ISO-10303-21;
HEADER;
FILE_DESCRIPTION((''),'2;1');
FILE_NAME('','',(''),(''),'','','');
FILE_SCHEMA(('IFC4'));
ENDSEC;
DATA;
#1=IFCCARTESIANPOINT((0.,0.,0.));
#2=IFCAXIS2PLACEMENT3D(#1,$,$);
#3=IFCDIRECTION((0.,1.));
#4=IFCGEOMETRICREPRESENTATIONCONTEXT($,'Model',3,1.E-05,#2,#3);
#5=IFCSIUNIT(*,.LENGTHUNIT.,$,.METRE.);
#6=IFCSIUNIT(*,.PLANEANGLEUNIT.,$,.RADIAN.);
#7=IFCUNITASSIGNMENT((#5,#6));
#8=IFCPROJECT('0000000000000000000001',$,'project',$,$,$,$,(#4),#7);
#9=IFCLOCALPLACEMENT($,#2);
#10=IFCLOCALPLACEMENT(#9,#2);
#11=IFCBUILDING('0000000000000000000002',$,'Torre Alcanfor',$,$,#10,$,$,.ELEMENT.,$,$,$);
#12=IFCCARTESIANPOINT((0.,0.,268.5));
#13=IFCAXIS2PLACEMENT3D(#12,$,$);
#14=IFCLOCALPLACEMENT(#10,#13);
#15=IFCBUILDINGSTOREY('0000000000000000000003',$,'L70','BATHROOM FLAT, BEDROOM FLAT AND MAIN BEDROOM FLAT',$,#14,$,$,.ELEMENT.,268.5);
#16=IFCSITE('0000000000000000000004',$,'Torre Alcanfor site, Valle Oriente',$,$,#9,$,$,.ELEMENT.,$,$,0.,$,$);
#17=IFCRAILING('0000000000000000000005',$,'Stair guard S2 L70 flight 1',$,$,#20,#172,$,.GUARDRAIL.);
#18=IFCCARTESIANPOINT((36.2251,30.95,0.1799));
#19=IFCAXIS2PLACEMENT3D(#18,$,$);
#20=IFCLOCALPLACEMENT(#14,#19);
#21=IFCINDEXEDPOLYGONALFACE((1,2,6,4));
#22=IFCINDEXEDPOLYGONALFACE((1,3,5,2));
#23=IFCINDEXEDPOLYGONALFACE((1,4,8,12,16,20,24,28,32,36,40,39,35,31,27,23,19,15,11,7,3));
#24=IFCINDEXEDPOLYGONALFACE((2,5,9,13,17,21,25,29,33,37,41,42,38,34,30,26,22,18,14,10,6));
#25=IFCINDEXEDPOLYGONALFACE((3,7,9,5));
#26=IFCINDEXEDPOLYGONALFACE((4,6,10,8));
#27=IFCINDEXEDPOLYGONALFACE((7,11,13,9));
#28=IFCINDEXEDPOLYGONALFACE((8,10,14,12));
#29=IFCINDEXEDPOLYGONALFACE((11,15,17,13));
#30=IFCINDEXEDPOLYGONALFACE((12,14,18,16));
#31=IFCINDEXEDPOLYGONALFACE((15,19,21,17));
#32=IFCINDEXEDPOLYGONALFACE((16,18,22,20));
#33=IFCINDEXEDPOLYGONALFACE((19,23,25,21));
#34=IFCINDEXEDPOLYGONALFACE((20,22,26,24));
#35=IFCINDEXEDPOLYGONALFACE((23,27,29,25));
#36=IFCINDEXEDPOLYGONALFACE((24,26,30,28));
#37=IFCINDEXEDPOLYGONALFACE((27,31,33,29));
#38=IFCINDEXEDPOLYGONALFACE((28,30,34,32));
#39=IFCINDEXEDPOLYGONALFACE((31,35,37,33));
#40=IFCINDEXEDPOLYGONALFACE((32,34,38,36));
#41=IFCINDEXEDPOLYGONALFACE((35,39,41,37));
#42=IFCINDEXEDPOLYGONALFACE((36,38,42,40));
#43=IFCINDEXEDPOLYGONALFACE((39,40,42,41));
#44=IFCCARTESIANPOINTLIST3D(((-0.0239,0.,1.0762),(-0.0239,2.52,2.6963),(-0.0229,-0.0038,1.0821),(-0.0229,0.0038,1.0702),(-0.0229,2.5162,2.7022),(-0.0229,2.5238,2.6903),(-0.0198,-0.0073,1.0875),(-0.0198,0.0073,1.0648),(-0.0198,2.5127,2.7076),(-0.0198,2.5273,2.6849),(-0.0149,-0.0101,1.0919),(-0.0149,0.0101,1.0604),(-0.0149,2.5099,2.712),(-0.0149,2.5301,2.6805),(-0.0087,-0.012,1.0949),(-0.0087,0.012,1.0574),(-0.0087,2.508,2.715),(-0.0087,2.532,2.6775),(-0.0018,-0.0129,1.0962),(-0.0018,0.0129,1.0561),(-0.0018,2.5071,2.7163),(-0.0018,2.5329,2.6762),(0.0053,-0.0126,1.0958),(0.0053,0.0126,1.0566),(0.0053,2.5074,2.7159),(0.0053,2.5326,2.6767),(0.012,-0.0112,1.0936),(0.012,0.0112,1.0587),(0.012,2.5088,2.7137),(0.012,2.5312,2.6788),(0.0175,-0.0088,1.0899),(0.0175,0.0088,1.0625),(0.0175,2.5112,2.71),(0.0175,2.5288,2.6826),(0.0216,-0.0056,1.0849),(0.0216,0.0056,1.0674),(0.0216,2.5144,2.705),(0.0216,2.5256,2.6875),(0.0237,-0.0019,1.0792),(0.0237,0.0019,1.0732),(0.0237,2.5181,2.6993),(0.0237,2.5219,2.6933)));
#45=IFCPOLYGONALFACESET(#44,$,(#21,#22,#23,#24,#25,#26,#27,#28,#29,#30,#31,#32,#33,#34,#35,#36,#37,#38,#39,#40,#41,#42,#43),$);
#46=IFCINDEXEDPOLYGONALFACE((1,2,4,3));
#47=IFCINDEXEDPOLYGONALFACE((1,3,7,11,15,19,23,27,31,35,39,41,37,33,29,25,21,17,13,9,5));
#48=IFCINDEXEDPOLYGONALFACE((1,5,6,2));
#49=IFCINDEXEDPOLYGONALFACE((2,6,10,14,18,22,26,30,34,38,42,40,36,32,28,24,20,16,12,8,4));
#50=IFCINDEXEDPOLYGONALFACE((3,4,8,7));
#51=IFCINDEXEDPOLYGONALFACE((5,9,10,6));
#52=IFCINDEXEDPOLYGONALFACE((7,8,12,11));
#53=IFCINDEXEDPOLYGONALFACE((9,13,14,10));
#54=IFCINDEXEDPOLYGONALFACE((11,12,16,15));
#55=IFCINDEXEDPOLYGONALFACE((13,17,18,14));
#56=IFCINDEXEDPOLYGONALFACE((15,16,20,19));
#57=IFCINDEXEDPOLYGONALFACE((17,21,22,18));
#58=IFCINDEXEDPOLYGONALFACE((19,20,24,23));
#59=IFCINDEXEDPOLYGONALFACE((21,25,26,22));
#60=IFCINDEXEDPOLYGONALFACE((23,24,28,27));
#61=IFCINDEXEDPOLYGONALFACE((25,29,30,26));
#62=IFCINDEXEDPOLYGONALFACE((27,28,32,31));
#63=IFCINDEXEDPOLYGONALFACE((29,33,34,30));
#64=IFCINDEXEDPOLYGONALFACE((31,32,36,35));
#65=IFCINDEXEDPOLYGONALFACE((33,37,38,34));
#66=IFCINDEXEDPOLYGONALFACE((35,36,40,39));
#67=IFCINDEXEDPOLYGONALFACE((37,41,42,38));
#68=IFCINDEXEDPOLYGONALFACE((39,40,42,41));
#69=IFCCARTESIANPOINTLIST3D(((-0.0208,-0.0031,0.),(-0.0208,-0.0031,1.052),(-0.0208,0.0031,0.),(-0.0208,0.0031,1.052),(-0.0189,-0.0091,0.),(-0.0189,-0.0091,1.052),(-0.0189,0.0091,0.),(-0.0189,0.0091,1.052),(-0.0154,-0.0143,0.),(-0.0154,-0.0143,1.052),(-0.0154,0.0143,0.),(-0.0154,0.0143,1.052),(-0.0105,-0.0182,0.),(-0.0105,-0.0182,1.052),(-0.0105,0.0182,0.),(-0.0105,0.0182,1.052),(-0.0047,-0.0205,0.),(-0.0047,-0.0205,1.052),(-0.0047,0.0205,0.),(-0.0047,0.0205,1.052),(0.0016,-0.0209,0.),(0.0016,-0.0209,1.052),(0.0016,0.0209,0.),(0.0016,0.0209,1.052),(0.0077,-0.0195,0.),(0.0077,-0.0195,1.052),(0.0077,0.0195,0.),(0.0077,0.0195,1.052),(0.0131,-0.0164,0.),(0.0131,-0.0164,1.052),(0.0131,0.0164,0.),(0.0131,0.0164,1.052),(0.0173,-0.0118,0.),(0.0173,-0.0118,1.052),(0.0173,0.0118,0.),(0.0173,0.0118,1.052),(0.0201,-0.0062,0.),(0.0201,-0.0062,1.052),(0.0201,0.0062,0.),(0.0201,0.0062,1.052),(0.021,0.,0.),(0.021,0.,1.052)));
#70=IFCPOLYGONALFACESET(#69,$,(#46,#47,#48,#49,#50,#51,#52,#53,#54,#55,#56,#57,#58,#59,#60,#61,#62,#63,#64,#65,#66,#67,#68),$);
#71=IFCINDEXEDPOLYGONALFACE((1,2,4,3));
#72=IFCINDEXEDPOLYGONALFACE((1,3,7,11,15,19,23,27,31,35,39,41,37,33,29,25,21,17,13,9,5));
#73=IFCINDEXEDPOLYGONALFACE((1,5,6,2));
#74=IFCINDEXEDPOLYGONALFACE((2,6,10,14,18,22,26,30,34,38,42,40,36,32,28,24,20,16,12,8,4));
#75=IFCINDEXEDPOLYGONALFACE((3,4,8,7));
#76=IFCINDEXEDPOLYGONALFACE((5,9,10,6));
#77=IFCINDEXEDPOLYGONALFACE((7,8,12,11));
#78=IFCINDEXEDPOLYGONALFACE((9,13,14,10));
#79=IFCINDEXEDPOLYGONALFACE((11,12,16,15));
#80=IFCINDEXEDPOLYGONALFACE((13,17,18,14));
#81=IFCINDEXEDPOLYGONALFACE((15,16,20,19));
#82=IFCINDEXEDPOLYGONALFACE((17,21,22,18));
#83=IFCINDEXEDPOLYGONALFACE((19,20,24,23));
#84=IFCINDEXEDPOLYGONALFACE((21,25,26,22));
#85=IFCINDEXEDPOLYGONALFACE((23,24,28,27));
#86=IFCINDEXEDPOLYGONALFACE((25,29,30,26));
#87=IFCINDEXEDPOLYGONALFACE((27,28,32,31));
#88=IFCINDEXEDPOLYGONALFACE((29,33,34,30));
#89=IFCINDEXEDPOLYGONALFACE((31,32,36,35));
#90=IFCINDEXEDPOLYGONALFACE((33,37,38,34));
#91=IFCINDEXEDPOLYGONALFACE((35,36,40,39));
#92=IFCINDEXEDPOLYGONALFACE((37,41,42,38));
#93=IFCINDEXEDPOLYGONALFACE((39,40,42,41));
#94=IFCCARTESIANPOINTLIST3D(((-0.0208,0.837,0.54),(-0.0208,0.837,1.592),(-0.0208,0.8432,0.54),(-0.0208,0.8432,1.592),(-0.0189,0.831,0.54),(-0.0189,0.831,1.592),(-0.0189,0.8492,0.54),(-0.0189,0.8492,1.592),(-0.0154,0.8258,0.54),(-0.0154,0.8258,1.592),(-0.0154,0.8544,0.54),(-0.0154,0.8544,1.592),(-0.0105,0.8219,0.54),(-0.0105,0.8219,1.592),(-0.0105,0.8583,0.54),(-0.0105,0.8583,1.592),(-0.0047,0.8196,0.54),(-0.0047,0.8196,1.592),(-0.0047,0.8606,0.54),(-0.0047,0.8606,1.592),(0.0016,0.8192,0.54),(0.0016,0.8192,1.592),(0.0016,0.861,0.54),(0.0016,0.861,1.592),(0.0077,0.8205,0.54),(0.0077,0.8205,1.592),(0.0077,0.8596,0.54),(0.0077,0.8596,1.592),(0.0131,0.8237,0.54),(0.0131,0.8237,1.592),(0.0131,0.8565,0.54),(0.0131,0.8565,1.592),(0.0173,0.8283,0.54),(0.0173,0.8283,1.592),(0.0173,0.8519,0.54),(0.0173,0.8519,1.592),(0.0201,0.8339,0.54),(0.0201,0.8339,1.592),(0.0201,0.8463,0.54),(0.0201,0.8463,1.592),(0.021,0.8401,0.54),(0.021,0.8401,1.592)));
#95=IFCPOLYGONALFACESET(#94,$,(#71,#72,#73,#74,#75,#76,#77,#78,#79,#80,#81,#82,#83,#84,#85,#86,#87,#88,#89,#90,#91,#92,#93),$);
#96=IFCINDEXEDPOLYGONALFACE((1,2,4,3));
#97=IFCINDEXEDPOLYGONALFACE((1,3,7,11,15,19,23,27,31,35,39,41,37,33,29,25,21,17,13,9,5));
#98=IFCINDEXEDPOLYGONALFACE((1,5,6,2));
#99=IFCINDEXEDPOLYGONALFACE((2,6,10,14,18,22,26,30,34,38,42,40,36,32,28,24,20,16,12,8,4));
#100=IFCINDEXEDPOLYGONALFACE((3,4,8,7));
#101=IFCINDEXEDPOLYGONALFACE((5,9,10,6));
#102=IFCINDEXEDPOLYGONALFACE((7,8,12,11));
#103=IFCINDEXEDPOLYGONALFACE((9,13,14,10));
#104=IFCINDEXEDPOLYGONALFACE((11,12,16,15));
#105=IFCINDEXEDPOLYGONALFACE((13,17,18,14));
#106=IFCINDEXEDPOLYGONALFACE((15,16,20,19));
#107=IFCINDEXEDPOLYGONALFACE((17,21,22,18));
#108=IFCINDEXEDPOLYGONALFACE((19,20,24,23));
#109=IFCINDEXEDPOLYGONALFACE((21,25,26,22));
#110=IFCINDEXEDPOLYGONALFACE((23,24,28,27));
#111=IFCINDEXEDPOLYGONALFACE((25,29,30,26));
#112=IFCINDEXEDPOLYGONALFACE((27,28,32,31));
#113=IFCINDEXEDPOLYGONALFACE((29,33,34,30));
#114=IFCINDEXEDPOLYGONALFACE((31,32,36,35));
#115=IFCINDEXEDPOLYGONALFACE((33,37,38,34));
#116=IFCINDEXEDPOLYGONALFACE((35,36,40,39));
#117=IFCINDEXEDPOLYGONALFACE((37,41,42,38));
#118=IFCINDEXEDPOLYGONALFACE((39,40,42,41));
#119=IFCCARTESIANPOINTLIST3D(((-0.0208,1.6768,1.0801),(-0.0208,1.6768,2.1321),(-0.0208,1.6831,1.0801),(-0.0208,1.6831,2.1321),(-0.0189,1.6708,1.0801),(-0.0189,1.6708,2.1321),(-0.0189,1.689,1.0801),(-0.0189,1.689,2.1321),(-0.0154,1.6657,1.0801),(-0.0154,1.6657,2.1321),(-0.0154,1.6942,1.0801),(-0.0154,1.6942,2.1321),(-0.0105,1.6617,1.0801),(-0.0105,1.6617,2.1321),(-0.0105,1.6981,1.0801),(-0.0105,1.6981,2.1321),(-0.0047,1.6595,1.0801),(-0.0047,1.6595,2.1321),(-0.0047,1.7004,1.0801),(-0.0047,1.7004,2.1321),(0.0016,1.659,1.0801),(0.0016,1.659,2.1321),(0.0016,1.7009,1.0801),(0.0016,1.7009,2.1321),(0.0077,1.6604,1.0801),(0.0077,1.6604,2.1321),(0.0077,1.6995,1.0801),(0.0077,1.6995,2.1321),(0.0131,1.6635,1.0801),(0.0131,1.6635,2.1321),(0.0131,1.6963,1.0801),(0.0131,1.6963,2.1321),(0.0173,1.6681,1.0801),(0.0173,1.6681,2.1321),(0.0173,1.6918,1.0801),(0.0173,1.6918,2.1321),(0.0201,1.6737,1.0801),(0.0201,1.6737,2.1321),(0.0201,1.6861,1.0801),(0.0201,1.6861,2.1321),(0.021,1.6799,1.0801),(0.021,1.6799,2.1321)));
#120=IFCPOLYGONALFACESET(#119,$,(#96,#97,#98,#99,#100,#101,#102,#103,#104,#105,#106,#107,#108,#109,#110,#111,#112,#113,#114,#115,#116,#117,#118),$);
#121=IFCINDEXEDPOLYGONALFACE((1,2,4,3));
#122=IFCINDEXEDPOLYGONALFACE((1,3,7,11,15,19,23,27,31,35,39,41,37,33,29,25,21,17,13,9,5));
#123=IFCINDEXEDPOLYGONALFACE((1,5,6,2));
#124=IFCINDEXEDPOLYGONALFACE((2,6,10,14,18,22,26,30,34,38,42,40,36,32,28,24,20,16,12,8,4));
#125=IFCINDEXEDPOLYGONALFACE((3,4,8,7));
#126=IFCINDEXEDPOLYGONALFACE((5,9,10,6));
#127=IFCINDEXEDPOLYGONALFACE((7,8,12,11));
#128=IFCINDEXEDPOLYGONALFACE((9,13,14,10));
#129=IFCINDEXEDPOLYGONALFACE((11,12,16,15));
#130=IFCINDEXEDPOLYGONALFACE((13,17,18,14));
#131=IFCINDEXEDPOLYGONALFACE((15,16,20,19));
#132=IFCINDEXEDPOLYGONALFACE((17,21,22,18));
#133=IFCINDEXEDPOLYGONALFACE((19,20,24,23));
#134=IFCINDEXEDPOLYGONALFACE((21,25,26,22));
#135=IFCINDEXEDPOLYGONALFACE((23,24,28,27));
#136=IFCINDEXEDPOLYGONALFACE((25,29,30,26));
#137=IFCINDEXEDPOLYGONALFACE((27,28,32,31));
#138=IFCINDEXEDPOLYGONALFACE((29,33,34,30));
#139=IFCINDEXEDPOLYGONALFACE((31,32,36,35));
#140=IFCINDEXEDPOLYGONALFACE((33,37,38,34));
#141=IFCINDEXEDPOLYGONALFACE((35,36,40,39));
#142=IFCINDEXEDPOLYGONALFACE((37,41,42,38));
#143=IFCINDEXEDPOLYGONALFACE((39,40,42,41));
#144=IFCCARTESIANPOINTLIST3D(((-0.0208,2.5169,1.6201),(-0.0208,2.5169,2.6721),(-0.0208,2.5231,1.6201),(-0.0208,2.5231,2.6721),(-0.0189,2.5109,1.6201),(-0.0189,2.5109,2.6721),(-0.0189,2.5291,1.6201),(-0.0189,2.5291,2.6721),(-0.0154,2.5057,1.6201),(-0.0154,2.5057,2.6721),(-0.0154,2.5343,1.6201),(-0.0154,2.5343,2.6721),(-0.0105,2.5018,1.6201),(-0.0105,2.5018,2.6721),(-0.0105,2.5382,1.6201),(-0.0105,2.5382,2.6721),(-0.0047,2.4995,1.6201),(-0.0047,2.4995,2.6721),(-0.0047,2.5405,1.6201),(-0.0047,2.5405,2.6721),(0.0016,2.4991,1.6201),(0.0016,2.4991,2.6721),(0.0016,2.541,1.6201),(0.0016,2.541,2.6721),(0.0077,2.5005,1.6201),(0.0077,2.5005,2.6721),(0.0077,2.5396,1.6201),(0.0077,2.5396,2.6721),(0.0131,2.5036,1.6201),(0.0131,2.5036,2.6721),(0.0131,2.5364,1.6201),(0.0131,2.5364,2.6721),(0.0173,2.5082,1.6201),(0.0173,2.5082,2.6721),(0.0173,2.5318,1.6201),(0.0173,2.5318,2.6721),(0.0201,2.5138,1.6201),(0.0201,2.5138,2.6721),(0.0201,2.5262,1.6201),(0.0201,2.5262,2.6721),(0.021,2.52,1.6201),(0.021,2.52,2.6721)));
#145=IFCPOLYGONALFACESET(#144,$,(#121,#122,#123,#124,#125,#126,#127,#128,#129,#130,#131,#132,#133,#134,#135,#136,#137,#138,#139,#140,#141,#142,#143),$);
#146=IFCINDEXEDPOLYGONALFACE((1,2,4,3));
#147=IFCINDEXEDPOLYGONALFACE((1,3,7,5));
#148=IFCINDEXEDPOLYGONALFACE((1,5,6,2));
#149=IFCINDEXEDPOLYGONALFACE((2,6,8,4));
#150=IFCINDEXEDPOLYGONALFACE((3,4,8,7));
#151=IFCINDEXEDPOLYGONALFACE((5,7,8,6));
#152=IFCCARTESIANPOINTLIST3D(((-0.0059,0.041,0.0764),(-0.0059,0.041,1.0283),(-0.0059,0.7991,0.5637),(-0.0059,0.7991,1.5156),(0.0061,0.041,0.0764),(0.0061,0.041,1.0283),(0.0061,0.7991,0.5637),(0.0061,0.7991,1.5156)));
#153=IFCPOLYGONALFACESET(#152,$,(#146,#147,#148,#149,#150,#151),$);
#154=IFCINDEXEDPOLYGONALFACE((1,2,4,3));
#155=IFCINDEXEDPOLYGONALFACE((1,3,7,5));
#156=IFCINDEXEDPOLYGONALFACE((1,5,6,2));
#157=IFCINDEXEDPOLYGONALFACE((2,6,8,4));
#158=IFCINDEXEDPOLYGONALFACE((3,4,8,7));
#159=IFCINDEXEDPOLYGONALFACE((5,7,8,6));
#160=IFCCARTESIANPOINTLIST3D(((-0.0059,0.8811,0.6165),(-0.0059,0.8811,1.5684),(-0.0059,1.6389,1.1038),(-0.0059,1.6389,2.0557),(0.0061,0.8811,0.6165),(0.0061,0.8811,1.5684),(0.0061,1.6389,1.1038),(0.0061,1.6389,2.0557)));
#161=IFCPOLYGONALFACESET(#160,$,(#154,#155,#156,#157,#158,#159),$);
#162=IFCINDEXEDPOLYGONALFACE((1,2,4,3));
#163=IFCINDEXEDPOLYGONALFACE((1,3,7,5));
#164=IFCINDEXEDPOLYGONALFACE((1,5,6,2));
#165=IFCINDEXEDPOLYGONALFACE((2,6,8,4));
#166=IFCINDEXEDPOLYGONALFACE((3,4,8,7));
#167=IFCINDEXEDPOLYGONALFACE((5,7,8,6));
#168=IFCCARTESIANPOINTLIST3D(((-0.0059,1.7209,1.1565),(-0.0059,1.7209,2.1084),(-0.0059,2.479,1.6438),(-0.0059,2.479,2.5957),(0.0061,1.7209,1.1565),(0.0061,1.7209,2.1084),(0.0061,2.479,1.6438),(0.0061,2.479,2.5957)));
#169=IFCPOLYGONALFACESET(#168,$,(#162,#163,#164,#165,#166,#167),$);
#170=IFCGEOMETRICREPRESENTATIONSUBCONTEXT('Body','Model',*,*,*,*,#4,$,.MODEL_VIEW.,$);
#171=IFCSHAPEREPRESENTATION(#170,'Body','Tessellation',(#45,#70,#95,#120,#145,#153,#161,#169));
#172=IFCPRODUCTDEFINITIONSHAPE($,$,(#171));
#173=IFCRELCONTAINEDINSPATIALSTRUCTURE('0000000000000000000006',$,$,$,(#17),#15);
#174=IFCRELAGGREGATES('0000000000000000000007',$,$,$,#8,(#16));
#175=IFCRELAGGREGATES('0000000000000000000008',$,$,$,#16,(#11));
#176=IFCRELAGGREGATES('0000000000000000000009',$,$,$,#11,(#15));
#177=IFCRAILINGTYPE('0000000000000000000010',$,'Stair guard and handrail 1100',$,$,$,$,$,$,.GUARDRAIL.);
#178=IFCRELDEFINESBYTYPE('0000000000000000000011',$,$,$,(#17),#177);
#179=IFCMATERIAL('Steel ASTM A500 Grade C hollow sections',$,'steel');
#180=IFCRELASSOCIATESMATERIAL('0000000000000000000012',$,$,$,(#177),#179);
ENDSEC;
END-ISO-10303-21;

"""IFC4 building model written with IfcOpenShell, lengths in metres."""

from ifc_helpers import new_model, si_unit, direction, frame, origin, origin_2d, place, context, subcontext, project, spatial, polyline, circle, outline, extrude, material, type_object, element, save


model = new_model("IFC4")

# Units and contexts
model_context = context("Model", 3, precision=1e-05, world=origin(), true_north=direction((0.0, 1.0)))
body_context = subcontext(model_context, "Body", "Model", "MODEL_VIEW")
ifc_project = project(units=[si_unit("LENGTHUNIT", "METRE"), si_unit("PLANEANGLEUNIT", "RADIAN")], contexts=[model_context])

# Site, building, storey
site_placement = place(None, origin())
site = spatial("IfcSite", under=ifc_project, at=site_placement, Name="Torre Alcanfor site, Valle Oriente", CompositionType="ELEMENT", RefElevation=0.0)
building_placement = place(site_placement, origin())
building = spatial("IfcBuilding", under=site, at=building_placement, Name="Torre Alcanfor", CompositionType="ELEMENT")
storey_placement = place(building_placement, frame((0.0, 0.0, 268.5)))
storey = spatial("IfcBuildingStorey", under=building, at=storey_placement, Name="L70", Description="BATHROOM FLAT, BEDROOM FLAT AND MAIN BEDROOM FLAT", CompositionType="ELEMENT", Elevation=268.5)

# Railing
ifc_material_1 = material(Name="Steel ASTM A500 Grade C hollow sections", Category="steel")
railing_type_1 = type_object("IfcRailingType", Name="Stair guard and handrail 1100", PredefinedType="GUARDRAIL", material=ifc_material_1)
railing_1_placement = place(storey_placement, frame((36.2251, 30.95, 0.1799)))
element("IfcRailing", 1, at=railing_1_placement, inside=storey, type_object=railing_type_1, Name="Stair guard S2 L70 flight 1", PredefinedType="GUARDRAIL", context=body_context, shape_type="SweptSolid", body=[
    extrude(circle(Radius=0.0239, at=origin_2d()), frame((0.0, 0.0, 1.0762), z_axis=(0.0, 0.841163, 0.540782), x_axis=(-1.0, 0.0, 0.0)), (0.0, 0.0, 1.0), 2.9958),
    extrude(circle(Radius=0.021, at=origin_2d()), origin(), (0.0, 0.0, 1.0), 1.052),
    extrude(circle(Radius=0.021, at=origin_2d()), frame((0.0, 0.8401, 0.54)), (0.0, 0.0, 1.0), 1.052),
    extrude(circle(Radius=0.021, at=origin_2d()), frame((0.0, 1.6799, 1.0801)), (0.0, 0.0, 1.0), 1.052),
    extrude(circle(Radius=0.021, at=origin_2d()), frame((0.0, 2.52, 1.6201)), (0.0, 0.0, 1.0), 1.052),
    extrude(outline(polyline([(0.041, 0.0764), (0.7991, 0.5637), (0.7991, 1.5156), (0.041, 1.0283), (0.041, 0.0764)])), frame((-0.0059, 0.0, 0.0), z_axis=(1.0, 0.0, 0.0), x_axis=(0.0, 1.0, 0.0)), (0.0, 0.0, 1.0), 0.012),
    extrude(outline(polyline([(0.8811, 0.6165), (1.6389, 1.1038), (1.6389, 2.0557), (0.8811, 1.5684), (0.8811, 0.6165)])), frame((-0.0059, 0.0, 0.0), z_axis=(1.0, 0.0, 0.0), x_axis=(0.0, 1.0, 0.0)), (0.0, 0.0, 1.0), 0.012),
    extrude(outline(polyline([(1.7209, 1.1565), (2.479, 1.6438), (2.479, 2.5957), (1.7209, 2.1084), (1.7209, 1.1565)])), frame((-0.0059, 0.0, 0.0), z_axis=(1.0, 0.0, 0.0), x_axis=(0.0, 1.0, 0.0)), (0.0, 0.0, 1.0), 0.012),
])

save(model, "model.ifc")
